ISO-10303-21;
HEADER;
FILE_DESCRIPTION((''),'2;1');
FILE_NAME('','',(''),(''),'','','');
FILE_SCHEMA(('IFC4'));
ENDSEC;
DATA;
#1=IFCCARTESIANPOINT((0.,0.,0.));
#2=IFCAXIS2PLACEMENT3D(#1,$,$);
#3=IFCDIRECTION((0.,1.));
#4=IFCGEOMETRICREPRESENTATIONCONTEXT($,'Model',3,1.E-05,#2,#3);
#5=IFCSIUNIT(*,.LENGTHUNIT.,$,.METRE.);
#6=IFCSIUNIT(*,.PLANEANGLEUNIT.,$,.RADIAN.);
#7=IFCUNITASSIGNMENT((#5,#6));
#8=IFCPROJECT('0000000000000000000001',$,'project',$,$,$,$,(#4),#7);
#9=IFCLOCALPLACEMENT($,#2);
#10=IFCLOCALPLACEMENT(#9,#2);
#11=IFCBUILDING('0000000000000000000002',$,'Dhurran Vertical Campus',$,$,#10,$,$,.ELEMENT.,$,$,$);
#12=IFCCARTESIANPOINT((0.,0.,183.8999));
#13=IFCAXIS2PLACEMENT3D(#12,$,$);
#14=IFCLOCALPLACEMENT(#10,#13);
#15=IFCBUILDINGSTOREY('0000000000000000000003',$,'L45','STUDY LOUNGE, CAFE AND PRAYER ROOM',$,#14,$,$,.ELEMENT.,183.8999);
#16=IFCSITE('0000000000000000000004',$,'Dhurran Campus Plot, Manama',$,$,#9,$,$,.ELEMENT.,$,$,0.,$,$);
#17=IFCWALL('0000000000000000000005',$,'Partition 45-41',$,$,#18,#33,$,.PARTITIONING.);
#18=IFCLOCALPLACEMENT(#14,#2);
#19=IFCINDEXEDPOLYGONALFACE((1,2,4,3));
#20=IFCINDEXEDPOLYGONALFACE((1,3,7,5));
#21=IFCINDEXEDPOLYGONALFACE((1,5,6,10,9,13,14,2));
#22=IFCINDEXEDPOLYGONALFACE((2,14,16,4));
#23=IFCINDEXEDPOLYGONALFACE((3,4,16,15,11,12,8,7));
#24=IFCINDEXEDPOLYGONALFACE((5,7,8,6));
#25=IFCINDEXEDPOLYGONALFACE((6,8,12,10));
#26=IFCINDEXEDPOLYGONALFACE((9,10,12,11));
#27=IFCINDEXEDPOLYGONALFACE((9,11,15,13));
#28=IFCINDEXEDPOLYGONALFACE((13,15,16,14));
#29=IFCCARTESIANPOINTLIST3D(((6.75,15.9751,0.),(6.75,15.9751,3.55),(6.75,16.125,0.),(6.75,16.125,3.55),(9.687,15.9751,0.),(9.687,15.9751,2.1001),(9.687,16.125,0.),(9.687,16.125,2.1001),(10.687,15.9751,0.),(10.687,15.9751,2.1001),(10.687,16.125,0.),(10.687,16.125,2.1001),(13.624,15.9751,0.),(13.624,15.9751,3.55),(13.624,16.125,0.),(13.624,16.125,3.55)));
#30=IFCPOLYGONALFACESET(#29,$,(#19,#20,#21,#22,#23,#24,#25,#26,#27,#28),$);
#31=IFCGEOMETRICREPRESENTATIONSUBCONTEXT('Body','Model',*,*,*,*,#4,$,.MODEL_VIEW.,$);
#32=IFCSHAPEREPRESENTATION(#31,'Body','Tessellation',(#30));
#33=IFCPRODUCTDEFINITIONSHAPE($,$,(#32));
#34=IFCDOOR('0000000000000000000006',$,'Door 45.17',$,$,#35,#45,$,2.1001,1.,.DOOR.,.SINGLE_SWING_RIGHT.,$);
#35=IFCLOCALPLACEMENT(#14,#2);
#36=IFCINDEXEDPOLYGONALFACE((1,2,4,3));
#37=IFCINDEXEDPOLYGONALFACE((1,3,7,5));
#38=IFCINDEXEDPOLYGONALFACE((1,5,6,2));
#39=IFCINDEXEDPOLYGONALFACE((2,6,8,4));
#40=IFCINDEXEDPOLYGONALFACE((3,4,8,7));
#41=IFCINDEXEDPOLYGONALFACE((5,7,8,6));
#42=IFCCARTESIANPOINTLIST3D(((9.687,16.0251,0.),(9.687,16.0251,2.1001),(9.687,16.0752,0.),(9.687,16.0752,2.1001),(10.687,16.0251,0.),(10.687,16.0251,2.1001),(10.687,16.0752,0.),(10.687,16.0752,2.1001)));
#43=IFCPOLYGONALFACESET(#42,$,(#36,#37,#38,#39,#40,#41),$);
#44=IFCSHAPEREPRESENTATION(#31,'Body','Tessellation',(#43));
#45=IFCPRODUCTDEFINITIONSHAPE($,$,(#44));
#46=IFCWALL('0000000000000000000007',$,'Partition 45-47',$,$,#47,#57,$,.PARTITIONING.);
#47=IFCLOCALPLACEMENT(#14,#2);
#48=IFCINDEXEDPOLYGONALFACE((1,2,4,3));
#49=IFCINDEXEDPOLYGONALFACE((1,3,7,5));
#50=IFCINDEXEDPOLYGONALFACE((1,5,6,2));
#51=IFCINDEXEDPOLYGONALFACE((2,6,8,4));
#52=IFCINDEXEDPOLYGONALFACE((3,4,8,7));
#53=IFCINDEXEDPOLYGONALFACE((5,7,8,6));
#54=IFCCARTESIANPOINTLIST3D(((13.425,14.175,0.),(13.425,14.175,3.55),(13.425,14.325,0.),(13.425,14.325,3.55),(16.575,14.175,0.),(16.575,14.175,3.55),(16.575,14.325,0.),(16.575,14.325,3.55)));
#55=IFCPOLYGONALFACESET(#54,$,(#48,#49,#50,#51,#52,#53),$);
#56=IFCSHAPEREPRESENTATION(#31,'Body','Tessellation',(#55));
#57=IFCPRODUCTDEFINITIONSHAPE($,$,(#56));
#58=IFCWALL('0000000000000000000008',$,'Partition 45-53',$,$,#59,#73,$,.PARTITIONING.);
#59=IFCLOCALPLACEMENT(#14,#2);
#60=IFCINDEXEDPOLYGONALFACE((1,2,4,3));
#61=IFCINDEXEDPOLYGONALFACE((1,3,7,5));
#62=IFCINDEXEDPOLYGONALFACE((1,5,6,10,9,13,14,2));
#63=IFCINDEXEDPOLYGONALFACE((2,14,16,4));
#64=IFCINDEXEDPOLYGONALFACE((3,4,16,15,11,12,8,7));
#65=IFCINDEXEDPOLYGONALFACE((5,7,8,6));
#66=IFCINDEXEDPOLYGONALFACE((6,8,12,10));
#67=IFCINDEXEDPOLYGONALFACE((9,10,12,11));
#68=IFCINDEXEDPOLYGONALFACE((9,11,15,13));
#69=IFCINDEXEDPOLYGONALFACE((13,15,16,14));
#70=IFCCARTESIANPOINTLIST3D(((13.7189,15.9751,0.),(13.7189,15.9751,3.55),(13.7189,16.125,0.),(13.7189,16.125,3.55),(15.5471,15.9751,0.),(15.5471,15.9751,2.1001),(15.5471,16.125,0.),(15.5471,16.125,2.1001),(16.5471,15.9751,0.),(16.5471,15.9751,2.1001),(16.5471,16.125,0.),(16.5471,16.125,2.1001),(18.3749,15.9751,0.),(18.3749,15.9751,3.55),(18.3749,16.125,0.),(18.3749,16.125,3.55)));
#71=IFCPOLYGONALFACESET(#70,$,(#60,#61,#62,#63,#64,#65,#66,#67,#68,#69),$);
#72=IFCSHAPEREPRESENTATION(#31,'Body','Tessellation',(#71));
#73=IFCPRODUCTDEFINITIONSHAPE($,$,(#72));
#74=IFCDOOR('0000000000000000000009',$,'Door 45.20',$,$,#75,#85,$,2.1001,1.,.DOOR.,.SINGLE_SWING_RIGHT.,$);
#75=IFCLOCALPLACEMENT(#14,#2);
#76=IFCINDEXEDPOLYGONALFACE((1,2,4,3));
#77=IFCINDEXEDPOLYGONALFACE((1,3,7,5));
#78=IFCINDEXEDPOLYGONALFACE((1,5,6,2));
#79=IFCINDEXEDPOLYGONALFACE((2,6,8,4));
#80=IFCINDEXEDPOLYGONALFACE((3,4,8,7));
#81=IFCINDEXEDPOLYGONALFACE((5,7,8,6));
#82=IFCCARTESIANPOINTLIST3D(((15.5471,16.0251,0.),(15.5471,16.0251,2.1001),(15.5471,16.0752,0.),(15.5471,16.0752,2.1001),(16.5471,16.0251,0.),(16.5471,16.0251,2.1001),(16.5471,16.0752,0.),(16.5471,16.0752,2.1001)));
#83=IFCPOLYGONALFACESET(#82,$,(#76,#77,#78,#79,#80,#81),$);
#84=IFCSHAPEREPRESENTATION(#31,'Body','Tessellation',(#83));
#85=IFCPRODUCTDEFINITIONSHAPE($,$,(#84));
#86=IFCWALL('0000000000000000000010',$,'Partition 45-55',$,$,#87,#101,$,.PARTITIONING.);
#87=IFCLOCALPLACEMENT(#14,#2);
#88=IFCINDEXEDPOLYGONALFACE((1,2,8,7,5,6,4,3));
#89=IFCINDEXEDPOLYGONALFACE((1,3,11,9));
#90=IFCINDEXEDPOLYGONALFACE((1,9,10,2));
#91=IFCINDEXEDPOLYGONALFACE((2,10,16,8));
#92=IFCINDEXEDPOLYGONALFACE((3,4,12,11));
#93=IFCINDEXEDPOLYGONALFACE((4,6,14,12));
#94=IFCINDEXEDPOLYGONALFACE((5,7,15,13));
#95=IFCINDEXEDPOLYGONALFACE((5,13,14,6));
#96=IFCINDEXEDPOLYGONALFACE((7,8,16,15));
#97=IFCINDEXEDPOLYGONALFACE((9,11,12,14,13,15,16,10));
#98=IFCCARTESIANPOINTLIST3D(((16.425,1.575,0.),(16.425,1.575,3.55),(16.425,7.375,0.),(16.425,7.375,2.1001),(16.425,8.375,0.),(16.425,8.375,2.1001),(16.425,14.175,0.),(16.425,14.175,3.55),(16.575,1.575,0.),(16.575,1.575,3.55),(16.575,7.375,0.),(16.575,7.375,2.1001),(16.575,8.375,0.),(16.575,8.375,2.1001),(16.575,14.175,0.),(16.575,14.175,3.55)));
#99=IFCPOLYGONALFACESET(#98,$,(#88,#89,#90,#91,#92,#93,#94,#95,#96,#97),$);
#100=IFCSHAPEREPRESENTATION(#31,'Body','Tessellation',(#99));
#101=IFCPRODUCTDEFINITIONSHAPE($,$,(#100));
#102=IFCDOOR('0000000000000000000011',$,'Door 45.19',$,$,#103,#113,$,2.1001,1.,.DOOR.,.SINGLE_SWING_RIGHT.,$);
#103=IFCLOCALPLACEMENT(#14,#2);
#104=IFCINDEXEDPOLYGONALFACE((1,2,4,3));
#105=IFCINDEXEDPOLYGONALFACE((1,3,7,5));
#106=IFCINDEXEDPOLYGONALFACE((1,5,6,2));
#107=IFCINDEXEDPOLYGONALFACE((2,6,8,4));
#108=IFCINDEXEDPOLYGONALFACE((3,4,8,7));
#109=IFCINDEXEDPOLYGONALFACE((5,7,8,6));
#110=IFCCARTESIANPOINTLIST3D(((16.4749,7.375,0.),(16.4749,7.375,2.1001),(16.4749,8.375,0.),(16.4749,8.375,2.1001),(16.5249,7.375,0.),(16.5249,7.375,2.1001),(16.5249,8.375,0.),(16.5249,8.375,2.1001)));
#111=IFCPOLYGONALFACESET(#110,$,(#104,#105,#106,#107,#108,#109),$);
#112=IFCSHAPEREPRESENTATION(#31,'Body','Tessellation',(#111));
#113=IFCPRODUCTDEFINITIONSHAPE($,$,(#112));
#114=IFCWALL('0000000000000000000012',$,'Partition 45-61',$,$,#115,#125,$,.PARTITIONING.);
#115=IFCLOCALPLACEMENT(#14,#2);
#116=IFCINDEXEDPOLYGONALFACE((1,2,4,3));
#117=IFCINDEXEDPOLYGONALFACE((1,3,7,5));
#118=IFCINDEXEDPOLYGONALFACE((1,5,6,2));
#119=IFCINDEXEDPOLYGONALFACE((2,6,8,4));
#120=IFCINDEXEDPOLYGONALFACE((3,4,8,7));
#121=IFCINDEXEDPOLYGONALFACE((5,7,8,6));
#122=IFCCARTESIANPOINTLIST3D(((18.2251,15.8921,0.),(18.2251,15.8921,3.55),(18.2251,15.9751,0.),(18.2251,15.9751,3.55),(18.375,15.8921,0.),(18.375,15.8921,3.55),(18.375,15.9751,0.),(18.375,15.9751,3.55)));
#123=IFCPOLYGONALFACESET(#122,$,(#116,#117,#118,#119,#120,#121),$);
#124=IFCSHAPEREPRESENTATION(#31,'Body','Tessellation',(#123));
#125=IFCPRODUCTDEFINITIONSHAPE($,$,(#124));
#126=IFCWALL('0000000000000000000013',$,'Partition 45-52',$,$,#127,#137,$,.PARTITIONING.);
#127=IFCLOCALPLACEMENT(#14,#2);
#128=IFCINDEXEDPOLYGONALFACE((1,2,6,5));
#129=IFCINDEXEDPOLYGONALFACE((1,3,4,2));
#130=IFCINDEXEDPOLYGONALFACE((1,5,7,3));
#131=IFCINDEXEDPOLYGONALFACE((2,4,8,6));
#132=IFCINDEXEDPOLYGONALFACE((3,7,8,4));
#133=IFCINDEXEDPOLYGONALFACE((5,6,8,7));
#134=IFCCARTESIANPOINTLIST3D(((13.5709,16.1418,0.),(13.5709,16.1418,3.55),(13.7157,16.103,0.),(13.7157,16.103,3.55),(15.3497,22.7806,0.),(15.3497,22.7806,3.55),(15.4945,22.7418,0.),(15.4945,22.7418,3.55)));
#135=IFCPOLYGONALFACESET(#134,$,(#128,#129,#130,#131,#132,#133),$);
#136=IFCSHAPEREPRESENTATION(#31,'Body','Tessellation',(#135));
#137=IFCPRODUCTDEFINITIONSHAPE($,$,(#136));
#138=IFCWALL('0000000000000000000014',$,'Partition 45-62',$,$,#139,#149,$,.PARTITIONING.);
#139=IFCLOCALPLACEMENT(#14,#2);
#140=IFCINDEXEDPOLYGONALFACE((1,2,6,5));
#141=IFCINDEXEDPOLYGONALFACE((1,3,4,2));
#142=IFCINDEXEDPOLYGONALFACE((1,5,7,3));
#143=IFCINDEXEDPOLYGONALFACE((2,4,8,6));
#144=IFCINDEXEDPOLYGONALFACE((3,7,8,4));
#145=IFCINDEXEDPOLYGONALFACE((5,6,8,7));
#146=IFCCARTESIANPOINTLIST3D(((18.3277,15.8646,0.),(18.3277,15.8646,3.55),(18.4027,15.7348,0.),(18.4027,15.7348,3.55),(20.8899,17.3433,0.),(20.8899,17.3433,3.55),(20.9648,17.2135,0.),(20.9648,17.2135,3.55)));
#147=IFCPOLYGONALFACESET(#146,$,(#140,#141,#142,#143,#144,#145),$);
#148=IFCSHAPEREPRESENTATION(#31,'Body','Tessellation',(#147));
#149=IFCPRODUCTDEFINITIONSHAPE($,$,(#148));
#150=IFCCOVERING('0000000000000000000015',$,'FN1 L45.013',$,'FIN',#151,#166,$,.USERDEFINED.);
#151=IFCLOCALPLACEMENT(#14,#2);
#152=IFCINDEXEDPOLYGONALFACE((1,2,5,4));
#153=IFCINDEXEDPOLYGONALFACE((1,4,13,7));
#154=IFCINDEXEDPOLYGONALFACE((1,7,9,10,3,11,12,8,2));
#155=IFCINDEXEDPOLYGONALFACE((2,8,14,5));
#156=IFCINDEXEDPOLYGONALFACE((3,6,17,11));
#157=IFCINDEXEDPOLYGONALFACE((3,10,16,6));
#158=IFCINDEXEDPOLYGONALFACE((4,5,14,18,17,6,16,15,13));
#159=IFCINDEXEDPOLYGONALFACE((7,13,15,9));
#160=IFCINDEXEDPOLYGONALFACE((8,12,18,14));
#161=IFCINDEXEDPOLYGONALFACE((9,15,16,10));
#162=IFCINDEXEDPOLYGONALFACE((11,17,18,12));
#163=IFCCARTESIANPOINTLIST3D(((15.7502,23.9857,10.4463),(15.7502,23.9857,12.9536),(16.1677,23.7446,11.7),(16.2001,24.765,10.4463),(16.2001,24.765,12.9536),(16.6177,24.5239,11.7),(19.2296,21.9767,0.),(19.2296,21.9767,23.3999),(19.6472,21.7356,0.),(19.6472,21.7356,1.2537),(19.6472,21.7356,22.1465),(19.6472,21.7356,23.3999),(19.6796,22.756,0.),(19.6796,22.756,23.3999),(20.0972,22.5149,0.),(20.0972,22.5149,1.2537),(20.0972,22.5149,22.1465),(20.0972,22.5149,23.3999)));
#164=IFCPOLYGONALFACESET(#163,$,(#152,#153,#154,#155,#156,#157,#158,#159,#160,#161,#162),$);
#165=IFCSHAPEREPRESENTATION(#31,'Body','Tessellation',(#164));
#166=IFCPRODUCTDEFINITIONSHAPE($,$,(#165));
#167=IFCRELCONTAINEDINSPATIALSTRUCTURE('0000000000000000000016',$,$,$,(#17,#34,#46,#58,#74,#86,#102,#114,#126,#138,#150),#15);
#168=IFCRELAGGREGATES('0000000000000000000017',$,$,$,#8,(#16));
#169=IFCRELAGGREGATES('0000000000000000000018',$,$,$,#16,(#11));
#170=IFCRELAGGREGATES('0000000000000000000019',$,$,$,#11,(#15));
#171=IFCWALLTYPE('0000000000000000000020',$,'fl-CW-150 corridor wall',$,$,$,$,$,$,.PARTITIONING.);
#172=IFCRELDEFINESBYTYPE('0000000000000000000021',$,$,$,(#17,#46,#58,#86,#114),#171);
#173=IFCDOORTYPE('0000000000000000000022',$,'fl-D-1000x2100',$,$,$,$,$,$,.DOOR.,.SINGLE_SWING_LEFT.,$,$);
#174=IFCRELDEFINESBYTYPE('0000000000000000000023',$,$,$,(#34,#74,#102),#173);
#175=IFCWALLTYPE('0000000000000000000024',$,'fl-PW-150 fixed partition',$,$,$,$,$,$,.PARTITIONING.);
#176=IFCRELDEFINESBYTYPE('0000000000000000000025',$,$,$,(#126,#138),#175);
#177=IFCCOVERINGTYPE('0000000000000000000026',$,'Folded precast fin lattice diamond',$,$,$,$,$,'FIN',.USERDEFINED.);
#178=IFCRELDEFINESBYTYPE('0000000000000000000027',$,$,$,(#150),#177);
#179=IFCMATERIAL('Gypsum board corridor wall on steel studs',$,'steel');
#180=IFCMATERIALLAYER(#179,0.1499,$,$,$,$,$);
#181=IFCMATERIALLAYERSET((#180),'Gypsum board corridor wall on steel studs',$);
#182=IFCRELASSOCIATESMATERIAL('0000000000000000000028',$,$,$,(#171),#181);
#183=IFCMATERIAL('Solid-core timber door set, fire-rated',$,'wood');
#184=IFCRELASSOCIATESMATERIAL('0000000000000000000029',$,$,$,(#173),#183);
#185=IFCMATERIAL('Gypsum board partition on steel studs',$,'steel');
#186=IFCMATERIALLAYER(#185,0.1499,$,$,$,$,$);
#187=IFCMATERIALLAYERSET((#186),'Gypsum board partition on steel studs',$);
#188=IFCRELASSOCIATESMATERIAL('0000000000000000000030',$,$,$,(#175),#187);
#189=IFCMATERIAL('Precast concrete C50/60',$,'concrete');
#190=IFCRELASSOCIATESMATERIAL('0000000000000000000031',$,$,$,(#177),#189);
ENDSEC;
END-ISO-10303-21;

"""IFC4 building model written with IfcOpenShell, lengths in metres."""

from ifc_helpers import new_model, si_unit, direction, frame, frame_2d, origin, place, context, subcontext, project, spatial, polyline, rectangle, outline, extrude, material, layer, layer_set, type_object, element, fill, save


model = new_model("IFC4")

# Units and contexts
model_context = context("Model", 3, precision=1e-05, world=origin(), true_north=direction((0.0, 1.0)))
body_context = subcontext(model_context, "Body", "Model", "MODEL_VIEW")
ifc_project = project(units=[si_unit("LENGTHUNIT", "METRE"), si_unit("PLANEANGLEUNIT", "RADIAN")], contexts=[model_context])

# Site, building, storey
site_placement = place(None, origin())
site = spatial("IfcSite", under=ifc_project, at=site_placement, Name="Dhurran Campus Plot, Manama", CompositionType="ELEMENT", RefElevation=0.0)
building_placement = place(site_placement, origin())
building = spatial("IfcBuilding", under=site, at=building_placement, Name="Dhurran Vertical Campus", CompositionType="ELEMENT")
storey_placement = place(building_placement, frame((0.0, 0.0, 183.8999)))
storey = spatial("IfcBuildingStorey", under=building, at=storey_placement, Name="L45", Description="STUDY LOUNGE, CAFE AND PRAYER ROOM", CompositionType="ELEMENT", Elevation=183.8999)

# Wall, opening, door
ifc_material_1 = material(Name="Gypsum board corridor wall on steel studs", Category="steel")
ifc_layer_1 = layer(ifc_material_1, 0.1499)
ifc_layer_set_1 = layer_set([ifc_layer_1], Name="Gypsum board corridor wall on steel studs")
wall_type_1 = type_object("IfcWallType", Name="fl-CW-150 corridor wall", PredefinedType="PARTITIONING", material=ifc_layer_set_1)
wall_1_placement = place(storey_placement, frame((13.624, 16.05, 0.0), z_axis=(0.0, 0.0, 1.0), x_axis=(-1.0, 0.0, 0.0)))
wall_1 = element("IfcWall", 1, at=wall_1_placement, inside=storey, type_object=wall_type_1, Name="Partition 45-41", PredefinedType="PARTITIONING", context=body_context, shape_type="SweptSolid", body=[
    extrude(rectangle(XDim=6.874, YDim=0.1499, at=frame_2d((3.437, 0.0))), origin(), (0.0, 0.0, 1.0), 3.55),
])
opening_1_placement = place(wall_1_placement, frame((2.937, 0.0, 0.0)))
opening_1 = element("IfcOpeningElement", 2, at=opening_1_placement, cuts=wall_1, PredefinedType="OPENING", context=body_context, shape_type="SweptSolid", body=[
    extrude(rectangle(XDim=1.0, YDim=2.1001, at=frame_2d((0.5, 1.05))), frame((0.0, 0.085, 0.0), z_axis=(0.0, -1.0, 0.0), x_axis=(1.0, 0.0, 0.0)), (0.0, 0.0, 1.0), 0.1699),
])
ifc_material_2 = material(Name="Solid-core timber door set, fire-rated", Category="wood")
door_type = type_object("IfcDoorType", Name="fl-D-1000x2100", OperationType="SINGLE_SWING_LEFT", PredefinedType="DOOR", material=ifc_material_2)
door_1_placement = place(opening_1_placement, origin())
door_1 = element("IfcDoor", 3, at=door_1_placement, inside=storey, type_object=door_type, Name="Door 45.17", OperationType="SINGLE_SWING_RIGHT", OverallHeight=2.1001, OverallWidth=1.0, PredefinedType="DOOR", context=body_context, shape_type="SweptSolid", body=[
    extrude(rectangle(XDim=1.0, YDim=2.1001, at=frame_2d((0.5, 1.05))), frame((0.0, 0.0249, 0.0), z_axis=(0.0, -1.0, 0.0), x_axis=(1.0, 0.0, 0.0)), (0.0, 0.0, 1.0), 0.05),
])
fill(opening_1, door_1)

# Wall
wall_2_placement = place(storey_placement, frame((13.425, 14.25, 0.0), z_axis=(0.0, 0.0, 1.0), x_axis=(1.0, 0.0, 0.0)))
element("IfcWall", 4, at=wall_2_placement, inside=storey, type_object=wall_type_1, Name="Partition 45-47", PredefinedType="PARTITIONING", context=body_context, shape_type="SweptSolid", body=[
    extrude(rectangle(XDim=3.1499, YDim=0.1499, at=frame_2d((1.575, 0.0))), origin(), (0.0, 0.0, 1.0), 3.55),
])

# Walls, openings, doors
wall_3_placement = place(storey_placement, frame((18.375, 16.05, 0.0), z_axis=(0.0, 0.0, 1.0), x_axis=(-1.0, 0.0, 0.0)))
wall_3 = element("IfcWall", 5, at=wall_3_placement, inside=storey, type_object=wall_type_1, Name="Partition 45-53", PredefinedType="PARTITIONING", context=body_context, shape_type="SweptSolid", body=[
    extrude(rectangle(XDim=4.656, YDim=0.1499, at=frame_2d((2.3281, 0.0))), origin(), (0.0, 0.0, 1.0), 3.55),
])
opening_2_placement = place(wall_3_placement, frame((1.8279, 0.0, 0.0)))
opening_2 = element("IfcOpeningElement", 6, at=opening_2_placement, cuts=wall_3, PredefinedType="OPENING", context=body_context, shape_type="SweptSolid", body=[
    extrude(rectangle(XDim=1.0, YDim=2.1001, at=frame_2d((0.5, 1.05))), frame((0.0, 0.085, 0.0), z_axis=(0.0, -1.0, 0.0), x_axis=(1.0, 0.0, 0.0)), (0.0, 0.0, 1.0), 0.1699),
])
door_2_placement = place(opening_2_placement, origin())
door_2 = element("IfcDoor", 7, at=door_2_placement, inside=storey, type_object=door_type, Name="Door 45.20", OperationType="SINGLE_SWING_RIGHT", OverallHeight=2.1001, OverallWidth=1.0, PredefinedType="DOOR", context=body_context, shape_type="SweptSolid", body=[
    extrude(rectangle(XDim=1.0, YDim=2.1001, at=frame_2d((0.5, 1.05))), frame((0.0, 0.0249, 0.0), z_axis=(0.0, -1.0, 0.0), x_axis=(1.0, 0.0, 0.0)), (0.0, 0.0, 1.0), 0.05),
])
fill(opening_2, door_2)
wall_4_placement = place(storey_placement, frame((16.5, 14.175, 0.0), z_axis=(0.0, 0.0, 1.0), x_axis=(0.0, -1.0, 0.0)))
wall_4 = element("IfcWall", 8, at=wall_4_placement, inside=storey, type_object=wall_type_1, Name="Partition 45-55", PredefinedType="PARTITIONING", context=body_context, shape_type="SweptSolid", body=[
    extrude(rectangle(XDim=12.6001, YDim=0.1499, at=frame_2d((6.3, 0.0))), origin(), (0.0, 0.0, 1.0), 3.55),
])
opening_3_placement = place(wall_4_placement, frame((5.8, 0.0, 0.0)))
opening_3 = element("IfcOpeningElement", 9, at=opening_3_placement, cuts=wall_4, PredefinedType="OPENING", context=body_context, shape_type="SweptSolid", body=[
    extrude(rectangle(XDim=1.0, YDim=2.1001, at=frame_2d((0.5, 1.05))), frame((0.0, 0.085, 0.0), z_axis=(0.0, -1.0, 0.0), x_axis=(1.0, 0.0, 0.0)), (0.0, 0.0, 1.0), 0.1699),
])
door_3_placement = place(opening_3_placement, origin())
door_3 = element("IfcDoor", 10, at=door_3_placement, inside=storey, type_object=door_type, Name="Door 45.19", OperationType="SINGLE_SWING_RIGHT", OverallHeight=2.1001, OverallWidth=1.0, PredefinedType="DOOR", context=body_context, shape_type="SweptSolid", body=[
    extrude(rectangle(XDim=1.0, YDim=2.1001, at=frame_2d((0.5, 1.05))), frame((0.0, 0.0249, 0.0), z_axis=(0.0, -1.0, 0.0), x_axis=(1.0, 0.0, 0.0)), (0.0, 0.0, 1.0), 0.05),
])
fill(opening_3, door_3)

# Walls
wall_5_placement = place(storey_placement, frame((18.3, 15.8921, 0.0), z_axis=(0.0, 0.0, 1.0), x_axis=(0.0, 1.0, 0.0)))
element("IfcWall", 11, at=wall_5_placement, inside=storey, type_object=wall_type_1, Name="Partition 45-61", PredefinedType="PARTITIONING", context=body_context, shape_type="SweptSolid", body=[
    extrude(rectangle(XDim=0.083, YDim=0.1499, at=frame_2d((0.0415, 0.0))), origin(), (0.0, 0.0, 1.0), 3.55),
])
ifc_material_3 = material(Name="Gypsum board partition on steel studs", Category="steel")
ifc_layer_2 = layer(ifc_material_3, 0.1499)
ifc_layer_set_2 = layer_set([ifc_layer_2], Name="Gypsum board partition on steel studs")
wall_type_2 = type_object("IfcWallType", Name="fl-PW-150 fixed partition", PredefinedType="PARTITIONING", material=ifc_layer_set_2)
wall_6_placement = place(storey_placement, frame((15.4221, 22.7612, 0.0), z_axis=(0.0, 0.0, 1.0), x_axis=(-0.258808, -0.965929, 0.0)))
element("IfcWall", 12, at=wall_6_placement, inside=storey, type_object=wall_type_2, Name="Partition 45-52", PredefinedType="PARTITIONING", context=body_context, shape_type="SweptSolid", body=[
    extrude(rectangle(XDim=6.873, YDim=0.1499, at=frame_2d((3.4365, 0.0))), origin(), (0.0, 0.0, 1.0), 3.55),
])
wall_7_placement = place(storey_placement, frame((20.9272, 17.2783, 0.0), z_axis=(0.0, 0.0, 1.0), x_axis=(-0.866107, -0.499858, 0.0)))
element("IfcWall", 13, at=wall_7_placement, inside=storey, type_object=wall_type_2, Name="Partition 45-62", PredefinedType="PARTITIONING", context=body_context, shape_type="SweptSolid", body=[
    extrude(rectangle(XDim=2.9583, YDim=0.1499, at=frame_2d((1.479, 0.0))), origin(), (0.0, 0.0, 1.0), 3.55),
])

# Covering
ifc_material_4 = material(Name="Precast concrete C50/60", Category="concrete")
covering_type = type_object("IfcCoveringType", Name="Folded precast fin lattice diamond", ElementType="FIN", PredefinedType="USERDEFINED", material=ifc_material_4)
covering_1_placement = place(storey_placement, frame((19.6472, 21.7356, 0.0), z_axis=(0.50002, 0.866014, 0.0), x_axis=(-0.866014, 0.50002, 0.0)))
element("IfcCovering", 14, at=covering_1_placement, inside=storey, type_object=covering_type, Name="FN1 L45.013", ObjectType="FIN", PredefinedType="USERDEFINED", context=body_context, shape_type="SweptSolid", body=[
    extrude(outline(polyline([(4.5, 10.4463), (0.4822, 0.0), (0.0, 0.0), (0.0, 1.2537), (4.0178, 11.7), (0.0, 22.1465), (0.0, 23.3999), (0.4822, 23.3999), (4.5, 12.9536), (4.5, 10.4463)])), origin(), (0.0, 0.0, 1.0), 0.8999),
])

save(model, "model.ifc")
